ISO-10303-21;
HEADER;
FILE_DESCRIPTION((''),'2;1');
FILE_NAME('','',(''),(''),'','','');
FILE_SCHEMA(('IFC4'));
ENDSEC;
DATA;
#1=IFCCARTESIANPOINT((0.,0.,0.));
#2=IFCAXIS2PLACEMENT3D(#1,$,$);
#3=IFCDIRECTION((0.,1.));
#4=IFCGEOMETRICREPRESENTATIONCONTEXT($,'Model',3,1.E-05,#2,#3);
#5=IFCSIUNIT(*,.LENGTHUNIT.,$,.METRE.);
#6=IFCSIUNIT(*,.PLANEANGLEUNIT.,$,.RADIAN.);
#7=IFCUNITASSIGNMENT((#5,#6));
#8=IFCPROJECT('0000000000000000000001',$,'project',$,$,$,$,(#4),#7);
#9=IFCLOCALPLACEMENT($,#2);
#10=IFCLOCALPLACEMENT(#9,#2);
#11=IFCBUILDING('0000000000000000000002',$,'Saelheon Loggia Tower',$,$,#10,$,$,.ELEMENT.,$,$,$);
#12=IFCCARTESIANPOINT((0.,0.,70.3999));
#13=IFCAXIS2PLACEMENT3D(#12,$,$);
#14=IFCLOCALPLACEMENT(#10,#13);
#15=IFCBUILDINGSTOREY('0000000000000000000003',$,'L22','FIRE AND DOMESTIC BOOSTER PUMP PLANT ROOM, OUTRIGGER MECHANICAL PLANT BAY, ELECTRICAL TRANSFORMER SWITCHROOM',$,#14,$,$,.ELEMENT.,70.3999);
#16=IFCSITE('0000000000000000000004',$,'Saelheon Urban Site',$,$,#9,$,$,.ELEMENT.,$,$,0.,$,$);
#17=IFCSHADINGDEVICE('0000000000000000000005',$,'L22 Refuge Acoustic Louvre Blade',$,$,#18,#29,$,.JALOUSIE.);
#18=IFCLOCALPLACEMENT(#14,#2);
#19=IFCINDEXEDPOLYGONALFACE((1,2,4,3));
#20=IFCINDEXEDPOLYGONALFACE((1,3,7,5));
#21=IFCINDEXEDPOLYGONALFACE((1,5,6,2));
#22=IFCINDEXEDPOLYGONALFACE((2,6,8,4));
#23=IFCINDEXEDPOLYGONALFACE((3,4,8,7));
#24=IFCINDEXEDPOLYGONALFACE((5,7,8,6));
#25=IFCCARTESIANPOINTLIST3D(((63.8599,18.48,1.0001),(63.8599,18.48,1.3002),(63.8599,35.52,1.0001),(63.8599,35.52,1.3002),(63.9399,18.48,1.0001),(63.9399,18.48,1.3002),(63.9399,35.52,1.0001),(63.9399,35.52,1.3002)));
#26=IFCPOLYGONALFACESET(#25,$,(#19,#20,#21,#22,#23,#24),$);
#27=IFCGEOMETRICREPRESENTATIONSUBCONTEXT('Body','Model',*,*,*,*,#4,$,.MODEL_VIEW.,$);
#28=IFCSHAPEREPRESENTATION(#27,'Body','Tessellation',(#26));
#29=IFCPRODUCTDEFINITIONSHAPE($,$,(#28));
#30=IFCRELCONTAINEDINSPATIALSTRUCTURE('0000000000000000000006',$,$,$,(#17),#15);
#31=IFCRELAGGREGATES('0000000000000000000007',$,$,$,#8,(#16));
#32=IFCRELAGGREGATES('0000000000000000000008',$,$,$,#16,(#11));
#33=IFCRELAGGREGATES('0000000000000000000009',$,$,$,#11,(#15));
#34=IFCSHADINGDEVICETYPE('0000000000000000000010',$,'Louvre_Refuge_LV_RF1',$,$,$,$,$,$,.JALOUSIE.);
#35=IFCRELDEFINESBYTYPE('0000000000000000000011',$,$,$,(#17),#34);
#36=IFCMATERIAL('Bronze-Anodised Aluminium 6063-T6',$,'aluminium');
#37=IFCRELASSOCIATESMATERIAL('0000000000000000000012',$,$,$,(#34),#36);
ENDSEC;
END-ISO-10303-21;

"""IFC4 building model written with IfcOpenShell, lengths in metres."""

from ifc_helpers import new_model, si_unit, direction, frame, origin, origin_2d, place, context, subcontext, project, spatial, rectangle, extrude, source, transform, mapped, material, material_profile, profile_set, type_object, element, save


model = new_model("IFC4")

# Units and contexts
model_context = context("Model", 3, precision=1e-05, world=origin(), true_north=direction((0.0, 1.0)))
body_context = subcontext(model_context, "Body", "Model", "MODEL_VIEW")
ifc_project = project(units=[si_unit("LENGTHUNIT", "METRE"), si_unit("PLANEANGLEUNIT", "RADIAN")], contexts=[model_context])

# Site, building, storey
site_placement = place(None, origin())
site = spatial("IfcSite", under=ifc_project, at=site_placement, Name="Saelheon Urban Site", CompositionType="ELEMENT", RefElevation=0.0)
building_placement = place(site_placement, origin())
building = spatial("IfcBuilding", under=site, at=building_placement, Name="Saelheon Loggia Tower", CompositionType="ELEMENT")
storey_placement = place(building_placement, frame((0.0, 0.0, 70.3999)))
storey = spatial("IfcBuildingStorey", under=building, at=storey_placement, Name="L22", Description="FIRE AND DOMESTIC BOOSTER PUMP PLANT ROOM, OUTRIGGER MECHANICAL PLANT BAY, ELECTRICAL TRANSFORMER SWITCHROOM", CompositionType="ELEMENT", Elevation=70.3999)

# Shading device
ifc_material_1 = material(Name="Bronze-Anodised Aluminium 6063-T6", Category="aluminium")
ifc_material_profile_1 = material_profile(ifc_material_1, rectangle(XDim=0.0801, YDim=0.3, at=origin_2d()), Name="Louvre_Refuge_LV_RF1")
ifc_profile_set_1 = profile_set([ifc_material_profile_1], Name="Bronze-Anodised Aluminium 6063-T6")
shading_device_type = type_object("IfcShadingDeviceType", Name="Louvre_Refuge_LV_RF1", PredefinedType="JALOUSIE", material=ifc_profile_set_1)
shared_shape_1 = source(origin(), body_context, "Body", "SweptSolid", [
    extrude(rectangle(XDim=0.0801, YDim=0.3, at=origin_2d()), origin(), (0.0, 0.0, 1.0), 17.04),
])
shading_device_placement = place(storey_placement, frame((63.8999, 18.48, 1.1501), z_axis=(0.0, 1.0, 0.0), x_axis=(-1.0, 0.0, 0.0)))
element("IfcShadingDevice", 1, at=shading_device_placement, inside=storey, type_object=shading_device_type, Name="L22 Refuge Acoustic Louvre Blade", PredefinedType="JALOUSIE", context=body_context, shape_type="MappedRepresentation", body=[
    mapped(shared_shape_1, transform((0.0, 0.0, 0.0), scale=1.0)),
])

save(model, "model.ifc")
